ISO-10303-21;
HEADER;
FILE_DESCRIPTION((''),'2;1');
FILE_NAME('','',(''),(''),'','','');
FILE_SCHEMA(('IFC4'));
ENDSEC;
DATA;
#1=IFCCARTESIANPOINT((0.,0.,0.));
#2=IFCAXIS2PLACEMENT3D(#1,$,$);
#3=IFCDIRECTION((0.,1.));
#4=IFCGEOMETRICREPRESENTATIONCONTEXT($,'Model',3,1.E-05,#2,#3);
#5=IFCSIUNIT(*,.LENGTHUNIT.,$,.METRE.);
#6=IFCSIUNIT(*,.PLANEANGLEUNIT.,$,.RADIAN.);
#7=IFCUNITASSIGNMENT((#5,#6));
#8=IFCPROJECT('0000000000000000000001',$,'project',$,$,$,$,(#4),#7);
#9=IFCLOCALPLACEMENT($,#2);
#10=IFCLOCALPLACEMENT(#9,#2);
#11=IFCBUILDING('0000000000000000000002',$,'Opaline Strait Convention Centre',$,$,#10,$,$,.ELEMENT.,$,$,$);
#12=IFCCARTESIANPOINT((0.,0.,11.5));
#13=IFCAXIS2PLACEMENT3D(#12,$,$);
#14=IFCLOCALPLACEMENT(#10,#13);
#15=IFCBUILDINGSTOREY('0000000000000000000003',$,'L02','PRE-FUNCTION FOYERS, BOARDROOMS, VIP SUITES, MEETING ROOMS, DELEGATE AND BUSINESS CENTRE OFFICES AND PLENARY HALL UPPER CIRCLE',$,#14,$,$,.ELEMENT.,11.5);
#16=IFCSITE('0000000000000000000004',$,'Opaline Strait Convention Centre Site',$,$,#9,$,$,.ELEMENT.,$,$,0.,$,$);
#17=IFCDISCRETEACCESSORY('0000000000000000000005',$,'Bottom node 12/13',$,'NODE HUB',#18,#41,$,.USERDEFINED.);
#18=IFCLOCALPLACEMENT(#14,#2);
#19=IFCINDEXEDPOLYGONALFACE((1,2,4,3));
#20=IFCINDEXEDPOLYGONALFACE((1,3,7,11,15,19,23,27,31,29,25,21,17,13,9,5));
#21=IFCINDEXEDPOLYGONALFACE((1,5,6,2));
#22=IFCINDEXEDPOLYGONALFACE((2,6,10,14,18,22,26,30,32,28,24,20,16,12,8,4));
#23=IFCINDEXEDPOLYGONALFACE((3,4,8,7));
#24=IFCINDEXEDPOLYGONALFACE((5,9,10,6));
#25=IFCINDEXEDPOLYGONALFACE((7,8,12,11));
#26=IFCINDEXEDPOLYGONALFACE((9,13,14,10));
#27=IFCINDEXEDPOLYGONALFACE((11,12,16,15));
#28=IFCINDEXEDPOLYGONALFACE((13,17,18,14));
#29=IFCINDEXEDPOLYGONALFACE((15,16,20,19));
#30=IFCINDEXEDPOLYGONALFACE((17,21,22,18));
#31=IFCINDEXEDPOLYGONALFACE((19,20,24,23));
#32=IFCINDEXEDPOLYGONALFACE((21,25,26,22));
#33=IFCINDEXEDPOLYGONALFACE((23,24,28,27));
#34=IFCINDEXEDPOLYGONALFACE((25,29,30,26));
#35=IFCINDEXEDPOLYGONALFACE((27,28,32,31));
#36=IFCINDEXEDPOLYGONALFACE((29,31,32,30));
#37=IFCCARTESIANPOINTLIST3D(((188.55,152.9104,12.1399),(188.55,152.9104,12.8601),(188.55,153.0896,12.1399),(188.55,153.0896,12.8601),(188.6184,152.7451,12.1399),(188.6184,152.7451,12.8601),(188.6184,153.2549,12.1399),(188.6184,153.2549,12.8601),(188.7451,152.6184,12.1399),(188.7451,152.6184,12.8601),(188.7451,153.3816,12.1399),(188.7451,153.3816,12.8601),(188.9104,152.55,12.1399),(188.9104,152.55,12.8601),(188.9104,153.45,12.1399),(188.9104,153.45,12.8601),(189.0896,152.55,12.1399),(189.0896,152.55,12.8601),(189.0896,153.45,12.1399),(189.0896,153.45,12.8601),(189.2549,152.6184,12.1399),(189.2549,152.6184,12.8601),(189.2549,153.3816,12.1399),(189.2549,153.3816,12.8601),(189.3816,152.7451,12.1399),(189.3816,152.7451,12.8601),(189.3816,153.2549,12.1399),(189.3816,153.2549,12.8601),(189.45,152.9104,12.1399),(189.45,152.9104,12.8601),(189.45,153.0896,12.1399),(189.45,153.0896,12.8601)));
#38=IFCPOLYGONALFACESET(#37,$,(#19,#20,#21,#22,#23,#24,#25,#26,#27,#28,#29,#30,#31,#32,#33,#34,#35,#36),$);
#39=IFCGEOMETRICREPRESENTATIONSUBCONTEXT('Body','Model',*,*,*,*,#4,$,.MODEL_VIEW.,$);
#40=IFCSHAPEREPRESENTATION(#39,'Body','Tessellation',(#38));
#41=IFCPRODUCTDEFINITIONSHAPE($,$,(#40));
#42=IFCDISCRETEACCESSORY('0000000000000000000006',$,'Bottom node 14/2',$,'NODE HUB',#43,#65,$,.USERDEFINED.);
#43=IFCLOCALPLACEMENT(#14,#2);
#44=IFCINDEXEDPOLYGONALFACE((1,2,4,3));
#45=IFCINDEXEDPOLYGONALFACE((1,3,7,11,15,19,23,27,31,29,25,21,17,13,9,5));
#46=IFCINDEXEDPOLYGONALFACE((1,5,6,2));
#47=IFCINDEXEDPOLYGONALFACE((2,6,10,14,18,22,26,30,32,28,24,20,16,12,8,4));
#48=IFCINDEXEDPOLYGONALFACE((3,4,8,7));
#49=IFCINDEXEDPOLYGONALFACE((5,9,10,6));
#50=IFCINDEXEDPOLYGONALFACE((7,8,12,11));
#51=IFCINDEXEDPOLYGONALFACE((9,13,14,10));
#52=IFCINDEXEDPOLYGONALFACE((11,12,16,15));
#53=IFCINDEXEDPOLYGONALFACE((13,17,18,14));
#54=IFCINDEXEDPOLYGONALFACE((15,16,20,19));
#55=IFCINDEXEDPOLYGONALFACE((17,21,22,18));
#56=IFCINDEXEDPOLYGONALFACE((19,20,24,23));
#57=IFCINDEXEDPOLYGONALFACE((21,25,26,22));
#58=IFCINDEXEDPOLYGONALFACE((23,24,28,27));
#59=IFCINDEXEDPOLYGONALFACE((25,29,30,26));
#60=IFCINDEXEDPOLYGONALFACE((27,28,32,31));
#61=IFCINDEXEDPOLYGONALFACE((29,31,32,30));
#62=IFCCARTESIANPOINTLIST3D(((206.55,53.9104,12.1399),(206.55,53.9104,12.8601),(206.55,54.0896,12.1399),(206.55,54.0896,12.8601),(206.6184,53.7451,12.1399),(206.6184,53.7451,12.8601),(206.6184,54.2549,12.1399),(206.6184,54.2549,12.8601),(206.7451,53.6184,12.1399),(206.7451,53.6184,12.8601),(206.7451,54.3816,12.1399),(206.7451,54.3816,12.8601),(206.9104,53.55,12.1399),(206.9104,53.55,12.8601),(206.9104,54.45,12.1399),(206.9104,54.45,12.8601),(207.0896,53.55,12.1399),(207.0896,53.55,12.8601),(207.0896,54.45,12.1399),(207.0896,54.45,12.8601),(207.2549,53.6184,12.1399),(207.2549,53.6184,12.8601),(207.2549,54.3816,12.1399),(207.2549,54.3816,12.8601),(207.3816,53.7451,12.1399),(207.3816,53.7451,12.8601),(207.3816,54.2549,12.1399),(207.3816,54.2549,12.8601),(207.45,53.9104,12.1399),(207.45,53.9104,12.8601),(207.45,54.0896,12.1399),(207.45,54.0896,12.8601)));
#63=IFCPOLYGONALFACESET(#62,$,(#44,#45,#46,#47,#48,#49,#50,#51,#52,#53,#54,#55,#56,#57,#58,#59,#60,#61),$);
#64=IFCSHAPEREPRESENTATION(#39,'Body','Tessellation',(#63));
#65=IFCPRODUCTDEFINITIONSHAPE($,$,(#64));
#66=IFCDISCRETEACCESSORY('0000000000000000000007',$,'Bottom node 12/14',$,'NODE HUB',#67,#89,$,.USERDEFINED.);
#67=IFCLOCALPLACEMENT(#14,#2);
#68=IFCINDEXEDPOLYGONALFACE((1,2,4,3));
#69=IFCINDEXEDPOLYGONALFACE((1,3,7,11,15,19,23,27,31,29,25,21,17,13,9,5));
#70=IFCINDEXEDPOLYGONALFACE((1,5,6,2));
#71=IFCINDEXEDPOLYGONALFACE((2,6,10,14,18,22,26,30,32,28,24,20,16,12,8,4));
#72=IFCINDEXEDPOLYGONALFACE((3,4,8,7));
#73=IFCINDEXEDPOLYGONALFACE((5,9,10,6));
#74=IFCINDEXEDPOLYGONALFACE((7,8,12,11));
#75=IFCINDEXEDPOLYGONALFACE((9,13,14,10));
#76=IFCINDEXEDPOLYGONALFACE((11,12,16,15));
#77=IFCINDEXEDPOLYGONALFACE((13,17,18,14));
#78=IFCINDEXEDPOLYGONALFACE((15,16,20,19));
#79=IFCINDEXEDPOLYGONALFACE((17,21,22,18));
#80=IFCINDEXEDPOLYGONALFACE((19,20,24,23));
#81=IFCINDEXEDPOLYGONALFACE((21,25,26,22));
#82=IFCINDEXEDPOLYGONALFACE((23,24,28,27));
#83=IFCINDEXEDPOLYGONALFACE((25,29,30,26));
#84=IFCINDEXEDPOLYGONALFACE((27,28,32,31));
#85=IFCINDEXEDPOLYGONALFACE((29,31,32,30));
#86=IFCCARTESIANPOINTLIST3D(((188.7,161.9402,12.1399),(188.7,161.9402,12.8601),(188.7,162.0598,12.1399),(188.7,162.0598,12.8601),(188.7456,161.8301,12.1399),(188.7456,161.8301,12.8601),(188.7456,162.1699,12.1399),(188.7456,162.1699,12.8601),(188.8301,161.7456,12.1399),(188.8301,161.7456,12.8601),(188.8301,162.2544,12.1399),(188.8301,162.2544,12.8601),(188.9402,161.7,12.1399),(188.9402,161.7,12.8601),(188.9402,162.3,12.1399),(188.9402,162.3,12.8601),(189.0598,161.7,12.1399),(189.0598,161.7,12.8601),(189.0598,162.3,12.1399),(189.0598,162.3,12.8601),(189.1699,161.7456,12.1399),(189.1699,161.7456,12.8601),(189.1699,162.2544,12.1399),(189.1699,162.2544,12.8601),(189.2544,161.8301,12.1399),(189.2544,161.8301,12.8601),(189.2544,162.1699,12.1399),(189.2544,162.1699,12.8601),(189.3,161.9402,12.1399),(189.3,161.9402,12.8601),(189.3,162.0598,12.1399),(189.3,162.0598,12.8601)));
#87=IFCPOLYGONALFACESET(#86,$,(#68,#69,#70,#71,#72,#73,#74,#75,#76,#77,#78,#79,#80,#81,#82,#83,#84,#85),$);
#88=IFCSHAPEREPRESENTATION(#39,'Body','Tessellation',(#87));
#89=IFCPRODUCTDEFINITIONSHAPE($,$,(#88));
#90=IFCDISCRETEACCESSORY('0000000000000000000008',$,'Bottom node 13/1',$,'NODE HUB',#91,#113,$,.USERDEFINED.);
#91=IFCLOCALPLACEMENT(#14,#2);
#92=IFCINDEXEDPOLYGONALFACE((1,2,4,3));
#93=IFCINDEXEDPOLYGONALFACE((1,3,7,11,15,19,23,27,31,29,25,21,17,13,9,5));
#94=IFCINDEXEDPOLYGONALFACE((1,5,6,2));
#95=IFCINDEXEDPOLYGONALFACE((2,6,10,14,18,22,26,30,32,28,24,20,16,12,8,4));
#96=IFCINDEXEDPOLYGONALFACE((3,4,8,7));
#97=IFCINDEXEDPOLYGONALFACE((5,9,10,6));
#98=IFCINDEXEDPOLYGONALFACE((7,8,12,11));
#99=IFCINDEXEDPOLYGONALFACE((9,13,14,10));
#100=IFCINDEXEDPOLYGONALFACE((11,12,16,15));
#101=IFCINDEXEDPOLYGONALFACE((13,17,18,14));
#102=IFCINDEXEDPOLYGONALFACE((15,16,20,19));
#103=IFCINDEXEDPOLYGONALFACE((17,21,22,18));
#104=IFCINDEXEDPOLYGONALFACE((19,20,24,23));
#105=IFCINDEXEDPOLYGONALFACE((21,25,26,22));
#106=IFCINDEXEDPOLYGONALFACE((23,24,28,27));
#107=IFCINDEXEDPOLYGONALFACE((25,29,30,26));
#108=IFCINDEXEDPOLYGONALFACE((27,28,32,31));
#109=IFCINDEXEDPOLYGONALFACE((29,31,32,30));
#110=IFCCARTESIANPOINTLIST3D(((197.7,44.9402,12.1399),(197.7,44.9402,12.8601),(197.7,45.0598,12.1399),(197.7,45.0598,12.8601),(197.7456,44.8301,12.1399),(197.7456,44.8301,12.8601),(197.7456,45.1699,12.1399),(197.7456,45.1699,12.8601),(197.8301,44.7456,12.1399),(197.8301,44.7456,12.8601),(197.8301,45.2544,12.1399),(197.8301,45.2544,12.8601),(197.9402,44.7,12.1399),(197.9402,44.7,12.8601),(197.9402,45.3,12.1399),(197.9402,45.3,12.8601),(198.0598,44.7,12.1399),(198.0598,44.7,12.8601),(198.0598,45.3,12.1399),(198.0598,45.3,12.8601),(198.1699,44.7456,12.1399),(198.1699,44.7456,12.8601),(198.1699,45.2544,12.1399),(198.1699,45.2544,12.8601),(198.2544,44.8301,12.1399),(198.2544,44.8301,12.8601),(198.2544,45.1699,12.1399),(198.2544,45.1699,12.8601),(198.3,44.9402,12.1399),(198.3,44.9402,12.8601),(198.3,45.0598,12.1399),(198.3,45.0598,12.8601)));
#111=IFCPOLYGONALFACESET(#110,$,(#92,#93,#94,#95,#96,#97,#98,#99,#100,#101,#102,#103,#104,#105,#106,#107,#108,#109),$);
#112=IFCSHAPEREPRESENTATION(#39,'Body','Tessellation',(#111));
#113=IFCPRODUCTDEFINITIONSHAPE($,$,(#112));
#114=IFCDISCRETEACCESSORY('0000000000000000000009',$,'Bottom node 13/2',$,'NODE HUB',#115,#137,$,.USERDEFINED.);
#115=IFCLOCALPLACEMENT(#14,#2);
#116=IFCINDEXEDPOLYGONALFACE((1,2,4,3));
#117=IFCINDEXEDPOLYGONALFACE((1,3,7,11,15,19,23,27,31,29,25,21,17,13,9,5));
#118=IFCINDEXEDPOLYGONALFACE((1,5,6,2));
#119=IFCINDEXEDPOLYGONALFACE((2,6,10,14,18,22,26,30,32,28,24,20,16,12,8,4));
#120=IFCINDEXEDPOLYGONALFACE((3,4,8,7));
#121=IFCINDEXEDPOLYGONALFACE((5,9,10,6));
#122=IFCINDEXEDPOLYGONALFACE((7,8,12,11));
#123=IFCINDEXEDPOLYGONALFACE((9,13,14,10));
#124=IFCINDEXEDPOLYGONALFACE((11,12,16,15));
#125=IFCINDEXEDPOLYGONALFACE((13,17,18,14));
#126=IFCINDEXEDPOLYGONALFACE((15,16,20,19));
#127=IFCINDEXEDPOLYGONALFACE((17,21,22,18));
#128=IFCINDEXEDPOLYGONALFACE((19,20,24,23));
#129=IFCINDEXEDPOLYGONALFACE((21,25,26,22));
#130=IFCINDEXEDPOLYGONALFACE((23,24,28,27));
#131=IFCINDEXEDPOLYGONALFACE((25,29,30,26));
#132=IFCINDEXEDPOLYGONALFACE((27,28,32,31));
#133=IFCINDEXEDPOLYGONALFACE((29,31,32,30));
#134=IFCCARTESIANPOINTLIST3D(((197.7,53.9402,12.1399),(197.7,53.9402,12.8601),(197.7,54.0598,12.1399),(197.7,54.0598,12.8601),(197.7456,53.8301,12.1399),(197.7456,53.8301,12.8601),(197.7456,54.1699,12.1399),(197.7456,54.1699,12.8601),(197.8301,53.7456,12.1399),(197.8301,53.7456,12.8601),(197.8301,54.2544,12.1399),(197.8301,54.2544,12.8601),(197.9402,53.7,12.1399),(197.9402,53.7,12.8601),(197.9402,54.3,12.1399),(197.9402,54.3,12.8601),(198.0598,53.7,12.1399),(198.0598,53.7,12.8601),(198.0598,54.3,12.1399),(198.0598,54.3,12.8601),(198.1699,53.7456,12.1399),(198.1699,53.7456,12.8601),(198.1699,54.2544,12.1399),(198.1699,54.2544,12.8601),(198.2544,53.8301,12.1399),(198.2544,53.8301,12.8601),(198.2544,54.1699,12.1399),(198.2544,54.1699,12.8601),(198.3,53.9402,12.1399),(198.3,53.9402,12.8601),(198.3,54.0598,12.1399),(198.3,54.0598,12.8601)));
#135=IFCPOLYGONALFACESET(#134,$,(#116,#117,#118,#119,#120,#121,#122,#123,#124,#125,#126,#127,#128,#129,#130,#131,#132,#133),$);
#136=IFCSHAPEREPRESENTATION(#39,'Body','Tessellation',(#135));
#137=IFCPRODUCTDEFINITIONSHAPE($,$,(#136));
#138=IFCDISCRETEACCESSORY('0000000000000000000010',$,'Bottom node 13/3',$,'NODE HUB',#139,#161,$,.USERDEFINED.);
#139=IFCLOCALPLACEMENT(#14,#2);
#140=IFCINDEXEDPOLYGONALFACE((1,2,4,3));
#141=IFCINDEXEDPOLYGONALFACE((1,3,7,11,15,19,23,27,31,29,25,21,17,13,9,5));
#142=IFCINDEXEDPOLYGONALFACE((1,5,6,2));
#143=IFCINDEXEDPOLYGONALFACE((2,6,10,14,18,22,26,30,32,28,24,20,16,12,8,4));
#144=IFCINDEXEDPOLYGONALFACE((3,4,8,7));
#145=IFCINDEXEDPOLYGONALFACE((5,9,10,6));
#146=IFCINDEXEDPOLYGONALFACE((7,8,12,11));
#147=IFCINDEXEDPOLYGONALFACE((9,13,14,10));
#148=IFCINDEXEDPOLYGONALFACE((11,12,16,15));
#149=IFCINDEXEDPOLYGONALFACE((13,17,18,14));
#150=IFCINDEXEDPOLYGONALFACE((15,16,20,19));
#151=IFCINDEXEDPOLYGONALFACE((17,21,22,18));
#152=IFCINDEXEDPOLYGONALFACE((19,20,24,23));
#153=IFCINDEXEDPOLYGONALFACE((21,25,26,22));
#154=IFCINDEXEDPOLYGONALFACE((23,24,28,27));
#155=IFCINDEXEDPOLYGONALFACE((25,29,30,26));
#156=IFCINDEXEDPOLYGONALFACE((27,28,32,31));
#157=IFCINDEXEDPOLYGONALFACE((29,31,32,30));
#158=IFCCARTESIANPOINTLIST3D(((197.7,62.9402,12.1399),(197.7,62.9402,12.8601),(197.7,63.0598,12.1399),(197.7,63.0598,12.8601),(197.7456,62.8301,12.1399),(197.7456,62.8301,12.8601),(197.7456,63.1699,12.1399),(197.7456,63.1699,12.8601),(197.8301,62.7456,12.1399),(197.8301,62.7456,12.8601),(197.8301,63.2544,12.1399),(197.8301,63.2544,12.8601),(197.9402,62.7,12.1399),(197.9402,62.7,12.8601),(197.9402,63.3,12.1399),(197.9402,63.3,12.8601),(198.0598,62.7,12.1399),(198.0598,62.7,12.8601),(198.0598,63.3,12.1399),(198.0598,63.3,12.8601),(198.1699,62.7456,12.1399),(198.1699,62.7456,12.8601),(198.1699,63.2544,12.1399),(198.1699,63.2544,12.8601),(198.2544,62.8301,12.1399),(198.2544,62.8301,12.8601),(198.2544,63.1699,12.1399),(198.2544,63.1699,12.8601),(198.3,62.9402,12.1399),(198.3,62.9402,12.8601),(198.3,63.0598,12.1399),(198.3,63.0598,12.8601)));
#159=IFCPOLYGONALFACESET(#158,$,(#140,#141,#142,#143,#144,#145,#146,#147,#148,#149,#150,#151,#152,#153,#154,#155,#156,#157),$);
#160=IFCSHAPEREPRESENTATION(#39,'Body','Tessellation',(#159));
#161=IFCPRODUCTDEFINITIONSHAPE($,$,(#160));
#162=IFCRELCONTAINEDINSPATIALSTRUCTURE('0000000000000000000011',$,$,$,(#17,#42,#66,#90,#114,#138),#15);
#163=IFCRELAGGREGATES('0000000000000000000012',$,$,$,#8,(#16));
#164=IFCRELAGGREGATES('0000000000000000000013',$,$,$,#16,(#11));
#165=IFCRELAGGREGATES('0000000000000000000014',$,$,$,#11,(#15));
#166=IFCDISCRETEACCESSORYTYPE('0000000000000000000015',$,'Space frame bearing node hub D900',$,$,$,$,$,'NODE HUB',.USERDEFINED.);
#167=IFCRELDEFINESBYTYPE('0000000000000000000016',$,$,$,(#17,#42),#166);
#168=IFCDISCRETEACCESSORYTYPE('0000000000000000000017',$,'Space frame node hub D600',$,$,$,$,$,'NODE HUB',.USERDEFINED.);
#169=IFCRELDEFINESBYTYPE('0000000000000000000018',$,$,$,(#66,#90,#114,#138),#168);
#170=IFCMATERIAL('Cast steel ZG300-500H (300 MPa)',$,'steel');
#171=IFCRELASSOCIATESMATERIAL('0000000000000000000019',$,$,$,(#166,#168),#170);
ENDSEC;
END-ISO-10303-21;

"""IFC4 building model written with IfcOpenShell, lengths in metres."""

from ifc_helpers import new_model, si_unit, direction, frame, origin, place, context, subcontext, project, spatial, polyline, outline, extrude, material, type_object, element, save


model = new_model("IFC4")

# Units and contexts
model_context = context("Model", 3, precision=1e-05, world=origin(), true_north=direction((0.0, 1.0)))
body_context = subcontext(model_context, "Body", "Model", "MODEL_VIEW")
ifc_project = project(units=[si_unit("LENGTHUNIT", "METRE"), si_unit("PLANEANGLEUNIT", "RADIAN")], contexts=[model_context])

# Site, building, storey
site_placement = place(None, origin())
site = spatial("IfcSite", under=ifc_project, at=site_placement, Name="Opaline Strait Convention Centre Site", CompositionType="ELEMENT", RefElevation=0.0)
building_placement = place(site_placement, origin())
building = spatial("IfcBuilding", under=site, at=building_placement, Name="Opaline Strait Convention Centre", CompositionType="ELEMENT")
storey_placement = place(building_placement, frame((0.0, 0.0, 11.5)))
storey = spatial("IfcBuildingStorey", under=building, at=storey_placement, Name="L02", Description="PRE-FUNCTION FOYERS, BOARDROOMS, VIP SUITES, MEETING ROOMS, DELEGATE AND BUSINESS CENTRE OFFICES AND PLENARY HALL UPPER CIRCLE", CompositionType="ELEMENT", Elevation=11.5)

# Discrete accessories
ifc_material = material(Name="Cast steel ZG300-500H (300 MPa)", Category="steel")
discrete_accessory_type_1 = type_object("IfcDiscreteAccessoryType", Name="Space frame bearing node hub D900", ElementType="NODE HUB", PredefinedType="USERDEFINED", material=ifc_material)
discrete_accessory_1_placement = place(storey_placement, frame((0.0, 0.0, 12.1399)))
element("IfcDiscreteAccessory", 1, at=discrete_accessory_1_placement, inside=storey, type_object=discrete_accessory_type_1, Name="Bottom node 12/13", ObjectType="NODE HUB", PredefinedType="USERDEFINED", context=body_context, shape_type="SweptSolid", body=[
    extrude(outline(polyline([(189.45, 153.0896), (189.3816, 153.2549), (189.2549, 153.3816), (189.0896, 153.45), (188.9104, 153.45), (188.7451, 153.3816), (188.6184, 153.2549), (188.55, 153.0896), (188.55, 152.9104), (188.6184, 152.7451), (188.7451, 152.6184), (188.9104, 152.55), (189.0896, 152.55), (189.2549, 152.6184), (189.3816, 152.7451), (189.45, 152.9104), (189.45, 153.0896)])), origin(), (0.0, 0.0, 1.0), 0.7202),
])
discrete_accessory_2_placement = place(storey_placement, frame((0.0, 0.0, 12.1399)))
element("IfcDiscreteAccessory", 2, at=discrete_accessory_2_placement, inside=storey, type_object=discrete_accessory_type_1, Name="Bottom node 14/2", ObjectType="NODE HUB", PredefinedType="USERDEFINED", context=body_context, shape_type="SweptSolid", body=[
    extrude(outline(polyline([(207.45, 54.0896), (207.3816, 54.2549), (207.2549, 54.3816), (207.0896, 54.45), (206.9104, 54.45), (206.7451, 54.3816), (206.6184, 54.2549), (206.55, 54.0896), (206.55, 53.9104), (206.6184, 53.7451), (206.7451, 53.6184), (206.9104, 53.55), (207.0896, 53.55), (207.2549, 53.6184), (207.3816, 53.7451), (207.45, 53.9104), (207.45, 54.0896)])), origin(), (0.0, 0.0, 1.0), 0.7202),
])
discrete_accessory_type_2 = type_object("IfcDiscreteAccessoryType", Name="Space frame node hub D600", ElementType="NODE HUB", PredefinedType="USERDEFINED", material=ifc_material)
discrete_accessory_3_placement = place(storey_placement, frame((0.0, 0.0, 12.1399)))
element("IfcDiscreteAccessory", 3, at=discrete_accessory_3_placement, inside=storey, type_object=discrete_accessory_type_2, Name="Bottom node 12/14", ObjectType="NODE HUB", PredefinedType="USERDEFINED", context=body_context, shape_type="SweptSolid", body=[
    extrude(outline(polyline([(189.3, 162.0598), (189.2544, 162.1699), (189.1699, 162.2544), (189.0598, 162.3), (188.9402, 162.3), (188.8301, 162.2544), (188.7456, 162.1699), (188.7, 162.0598), (188.7, 161.9402), (188.7456, 161.8301), (188.8301, 161.7456), (188.9402, 161.7), (189.0598, 161.7), (189.1699, 161.7456), (189.2544, 161.8301), (189.3, 161.9402), (189.3, 162.0598)])), origin(), (0.0, 0.0, 1.0), 0.7202),
])
discrete_accessory_4_placement = place(storey_placement, frame((0.0, 0.0, 12.1399)))
element("IfcDiscreteAccessory", 4, at=discrete_accessory_4_placement, inside=storey, type_object=discrete_accessory_type_2, Name="Bottom node 13/1", ObjectType="NODE HUB", PredefinedType="USERDEFINED", context=body_context, shape_type="SweptSolid", body=[
    extrude(outline(polyline([(198.3, 45.0598), (198.2544, 45.1699), (198.1699, 45.2544), (198.0598, 45.3), (197.9402, 45.3), (197.8301, 45.2544), (197.7456, 45.1699), (197.7, 45.0598), (197.7, 44.9402), (197.7456, 44.8301), (197.8301, 44.7456), (197.9402, 44.7), (198.0598, 44.7), (198.1699, 44.7456), (198.2544, 44.8301), (198.3, 44.9402), (198.3, 45.0598)])), origin(), (0.0, 0.0, 1.0), 0.7202),
])
discrete_accessory_5_placement = place(storey_placement, frame((0.0, 0.0, 12.1399)))
element("IfcDiscreteAccessory", 5, at=discrete_accessory_5_placement, inside=storey, type_object=discrete_accessory_type_2, Name="Bottom node 13/2", ObjectType="NODE HUB", PredefinedType="USERDEFINED", context=body_context, shape_type="SweptSolid", body=[
    extrude(outline(polyline([(198.3, 54.0598), (198.2544, 54.1699), (198.1699, 54.2544), (198.0598, 54.3), (197.9402, 54.3), (197.8301, 54.2544), (197.7456, 54.1699), (197.7, 54.0598), (197.7, 53.9402), (197.7456, 53.8301), (197.8301, 53.7456), (197.9402, 53.7), (198.0598, 53.7), (198.1699, 53.7456), (198.2544, 53.8301), (198.3, 53.9402), (198.3, 54.0598)])), origin(), (0.0, 0.0, 1.0), 0.7202),
])
discrete_accessory_6_placement = place(storey_placement, frame((0.0, 0.0, 12.1399)))
element("IfcDiscreteAccessory", 6, at=discrete_accessory_6_placement, inside=storey, type_object=discrete_accessory_type_2, Name="Bottom node 13/3", ObjectType="NODE HUB", PredefinedType="USERDEFINED", context=body_context, shape_type="SweptSolid", body=[
    extrude(outline(polyline([(198.3, 63.0598), (198.2544, 63.1699), (198.1699, 63.2544), (198.0598, 63.3), (197.9402, 63.3), (197.8301, 63.2544), (197.7456, 63.1699), (197.7, 63.0598), (197.7, 62.9402), (197.7456, 62.8301), (197.8301, 62.7456), (197.9402, 62.7), (198.0598, 62.7), (198.1699, 62.7456), (198.2544, 62.8301), (198.3, 62.9402), (198.3, 63.0598)])), origin(), (0.0, 0.0, 1.0), 0.7202),
])

save(model, "model.ifc")
